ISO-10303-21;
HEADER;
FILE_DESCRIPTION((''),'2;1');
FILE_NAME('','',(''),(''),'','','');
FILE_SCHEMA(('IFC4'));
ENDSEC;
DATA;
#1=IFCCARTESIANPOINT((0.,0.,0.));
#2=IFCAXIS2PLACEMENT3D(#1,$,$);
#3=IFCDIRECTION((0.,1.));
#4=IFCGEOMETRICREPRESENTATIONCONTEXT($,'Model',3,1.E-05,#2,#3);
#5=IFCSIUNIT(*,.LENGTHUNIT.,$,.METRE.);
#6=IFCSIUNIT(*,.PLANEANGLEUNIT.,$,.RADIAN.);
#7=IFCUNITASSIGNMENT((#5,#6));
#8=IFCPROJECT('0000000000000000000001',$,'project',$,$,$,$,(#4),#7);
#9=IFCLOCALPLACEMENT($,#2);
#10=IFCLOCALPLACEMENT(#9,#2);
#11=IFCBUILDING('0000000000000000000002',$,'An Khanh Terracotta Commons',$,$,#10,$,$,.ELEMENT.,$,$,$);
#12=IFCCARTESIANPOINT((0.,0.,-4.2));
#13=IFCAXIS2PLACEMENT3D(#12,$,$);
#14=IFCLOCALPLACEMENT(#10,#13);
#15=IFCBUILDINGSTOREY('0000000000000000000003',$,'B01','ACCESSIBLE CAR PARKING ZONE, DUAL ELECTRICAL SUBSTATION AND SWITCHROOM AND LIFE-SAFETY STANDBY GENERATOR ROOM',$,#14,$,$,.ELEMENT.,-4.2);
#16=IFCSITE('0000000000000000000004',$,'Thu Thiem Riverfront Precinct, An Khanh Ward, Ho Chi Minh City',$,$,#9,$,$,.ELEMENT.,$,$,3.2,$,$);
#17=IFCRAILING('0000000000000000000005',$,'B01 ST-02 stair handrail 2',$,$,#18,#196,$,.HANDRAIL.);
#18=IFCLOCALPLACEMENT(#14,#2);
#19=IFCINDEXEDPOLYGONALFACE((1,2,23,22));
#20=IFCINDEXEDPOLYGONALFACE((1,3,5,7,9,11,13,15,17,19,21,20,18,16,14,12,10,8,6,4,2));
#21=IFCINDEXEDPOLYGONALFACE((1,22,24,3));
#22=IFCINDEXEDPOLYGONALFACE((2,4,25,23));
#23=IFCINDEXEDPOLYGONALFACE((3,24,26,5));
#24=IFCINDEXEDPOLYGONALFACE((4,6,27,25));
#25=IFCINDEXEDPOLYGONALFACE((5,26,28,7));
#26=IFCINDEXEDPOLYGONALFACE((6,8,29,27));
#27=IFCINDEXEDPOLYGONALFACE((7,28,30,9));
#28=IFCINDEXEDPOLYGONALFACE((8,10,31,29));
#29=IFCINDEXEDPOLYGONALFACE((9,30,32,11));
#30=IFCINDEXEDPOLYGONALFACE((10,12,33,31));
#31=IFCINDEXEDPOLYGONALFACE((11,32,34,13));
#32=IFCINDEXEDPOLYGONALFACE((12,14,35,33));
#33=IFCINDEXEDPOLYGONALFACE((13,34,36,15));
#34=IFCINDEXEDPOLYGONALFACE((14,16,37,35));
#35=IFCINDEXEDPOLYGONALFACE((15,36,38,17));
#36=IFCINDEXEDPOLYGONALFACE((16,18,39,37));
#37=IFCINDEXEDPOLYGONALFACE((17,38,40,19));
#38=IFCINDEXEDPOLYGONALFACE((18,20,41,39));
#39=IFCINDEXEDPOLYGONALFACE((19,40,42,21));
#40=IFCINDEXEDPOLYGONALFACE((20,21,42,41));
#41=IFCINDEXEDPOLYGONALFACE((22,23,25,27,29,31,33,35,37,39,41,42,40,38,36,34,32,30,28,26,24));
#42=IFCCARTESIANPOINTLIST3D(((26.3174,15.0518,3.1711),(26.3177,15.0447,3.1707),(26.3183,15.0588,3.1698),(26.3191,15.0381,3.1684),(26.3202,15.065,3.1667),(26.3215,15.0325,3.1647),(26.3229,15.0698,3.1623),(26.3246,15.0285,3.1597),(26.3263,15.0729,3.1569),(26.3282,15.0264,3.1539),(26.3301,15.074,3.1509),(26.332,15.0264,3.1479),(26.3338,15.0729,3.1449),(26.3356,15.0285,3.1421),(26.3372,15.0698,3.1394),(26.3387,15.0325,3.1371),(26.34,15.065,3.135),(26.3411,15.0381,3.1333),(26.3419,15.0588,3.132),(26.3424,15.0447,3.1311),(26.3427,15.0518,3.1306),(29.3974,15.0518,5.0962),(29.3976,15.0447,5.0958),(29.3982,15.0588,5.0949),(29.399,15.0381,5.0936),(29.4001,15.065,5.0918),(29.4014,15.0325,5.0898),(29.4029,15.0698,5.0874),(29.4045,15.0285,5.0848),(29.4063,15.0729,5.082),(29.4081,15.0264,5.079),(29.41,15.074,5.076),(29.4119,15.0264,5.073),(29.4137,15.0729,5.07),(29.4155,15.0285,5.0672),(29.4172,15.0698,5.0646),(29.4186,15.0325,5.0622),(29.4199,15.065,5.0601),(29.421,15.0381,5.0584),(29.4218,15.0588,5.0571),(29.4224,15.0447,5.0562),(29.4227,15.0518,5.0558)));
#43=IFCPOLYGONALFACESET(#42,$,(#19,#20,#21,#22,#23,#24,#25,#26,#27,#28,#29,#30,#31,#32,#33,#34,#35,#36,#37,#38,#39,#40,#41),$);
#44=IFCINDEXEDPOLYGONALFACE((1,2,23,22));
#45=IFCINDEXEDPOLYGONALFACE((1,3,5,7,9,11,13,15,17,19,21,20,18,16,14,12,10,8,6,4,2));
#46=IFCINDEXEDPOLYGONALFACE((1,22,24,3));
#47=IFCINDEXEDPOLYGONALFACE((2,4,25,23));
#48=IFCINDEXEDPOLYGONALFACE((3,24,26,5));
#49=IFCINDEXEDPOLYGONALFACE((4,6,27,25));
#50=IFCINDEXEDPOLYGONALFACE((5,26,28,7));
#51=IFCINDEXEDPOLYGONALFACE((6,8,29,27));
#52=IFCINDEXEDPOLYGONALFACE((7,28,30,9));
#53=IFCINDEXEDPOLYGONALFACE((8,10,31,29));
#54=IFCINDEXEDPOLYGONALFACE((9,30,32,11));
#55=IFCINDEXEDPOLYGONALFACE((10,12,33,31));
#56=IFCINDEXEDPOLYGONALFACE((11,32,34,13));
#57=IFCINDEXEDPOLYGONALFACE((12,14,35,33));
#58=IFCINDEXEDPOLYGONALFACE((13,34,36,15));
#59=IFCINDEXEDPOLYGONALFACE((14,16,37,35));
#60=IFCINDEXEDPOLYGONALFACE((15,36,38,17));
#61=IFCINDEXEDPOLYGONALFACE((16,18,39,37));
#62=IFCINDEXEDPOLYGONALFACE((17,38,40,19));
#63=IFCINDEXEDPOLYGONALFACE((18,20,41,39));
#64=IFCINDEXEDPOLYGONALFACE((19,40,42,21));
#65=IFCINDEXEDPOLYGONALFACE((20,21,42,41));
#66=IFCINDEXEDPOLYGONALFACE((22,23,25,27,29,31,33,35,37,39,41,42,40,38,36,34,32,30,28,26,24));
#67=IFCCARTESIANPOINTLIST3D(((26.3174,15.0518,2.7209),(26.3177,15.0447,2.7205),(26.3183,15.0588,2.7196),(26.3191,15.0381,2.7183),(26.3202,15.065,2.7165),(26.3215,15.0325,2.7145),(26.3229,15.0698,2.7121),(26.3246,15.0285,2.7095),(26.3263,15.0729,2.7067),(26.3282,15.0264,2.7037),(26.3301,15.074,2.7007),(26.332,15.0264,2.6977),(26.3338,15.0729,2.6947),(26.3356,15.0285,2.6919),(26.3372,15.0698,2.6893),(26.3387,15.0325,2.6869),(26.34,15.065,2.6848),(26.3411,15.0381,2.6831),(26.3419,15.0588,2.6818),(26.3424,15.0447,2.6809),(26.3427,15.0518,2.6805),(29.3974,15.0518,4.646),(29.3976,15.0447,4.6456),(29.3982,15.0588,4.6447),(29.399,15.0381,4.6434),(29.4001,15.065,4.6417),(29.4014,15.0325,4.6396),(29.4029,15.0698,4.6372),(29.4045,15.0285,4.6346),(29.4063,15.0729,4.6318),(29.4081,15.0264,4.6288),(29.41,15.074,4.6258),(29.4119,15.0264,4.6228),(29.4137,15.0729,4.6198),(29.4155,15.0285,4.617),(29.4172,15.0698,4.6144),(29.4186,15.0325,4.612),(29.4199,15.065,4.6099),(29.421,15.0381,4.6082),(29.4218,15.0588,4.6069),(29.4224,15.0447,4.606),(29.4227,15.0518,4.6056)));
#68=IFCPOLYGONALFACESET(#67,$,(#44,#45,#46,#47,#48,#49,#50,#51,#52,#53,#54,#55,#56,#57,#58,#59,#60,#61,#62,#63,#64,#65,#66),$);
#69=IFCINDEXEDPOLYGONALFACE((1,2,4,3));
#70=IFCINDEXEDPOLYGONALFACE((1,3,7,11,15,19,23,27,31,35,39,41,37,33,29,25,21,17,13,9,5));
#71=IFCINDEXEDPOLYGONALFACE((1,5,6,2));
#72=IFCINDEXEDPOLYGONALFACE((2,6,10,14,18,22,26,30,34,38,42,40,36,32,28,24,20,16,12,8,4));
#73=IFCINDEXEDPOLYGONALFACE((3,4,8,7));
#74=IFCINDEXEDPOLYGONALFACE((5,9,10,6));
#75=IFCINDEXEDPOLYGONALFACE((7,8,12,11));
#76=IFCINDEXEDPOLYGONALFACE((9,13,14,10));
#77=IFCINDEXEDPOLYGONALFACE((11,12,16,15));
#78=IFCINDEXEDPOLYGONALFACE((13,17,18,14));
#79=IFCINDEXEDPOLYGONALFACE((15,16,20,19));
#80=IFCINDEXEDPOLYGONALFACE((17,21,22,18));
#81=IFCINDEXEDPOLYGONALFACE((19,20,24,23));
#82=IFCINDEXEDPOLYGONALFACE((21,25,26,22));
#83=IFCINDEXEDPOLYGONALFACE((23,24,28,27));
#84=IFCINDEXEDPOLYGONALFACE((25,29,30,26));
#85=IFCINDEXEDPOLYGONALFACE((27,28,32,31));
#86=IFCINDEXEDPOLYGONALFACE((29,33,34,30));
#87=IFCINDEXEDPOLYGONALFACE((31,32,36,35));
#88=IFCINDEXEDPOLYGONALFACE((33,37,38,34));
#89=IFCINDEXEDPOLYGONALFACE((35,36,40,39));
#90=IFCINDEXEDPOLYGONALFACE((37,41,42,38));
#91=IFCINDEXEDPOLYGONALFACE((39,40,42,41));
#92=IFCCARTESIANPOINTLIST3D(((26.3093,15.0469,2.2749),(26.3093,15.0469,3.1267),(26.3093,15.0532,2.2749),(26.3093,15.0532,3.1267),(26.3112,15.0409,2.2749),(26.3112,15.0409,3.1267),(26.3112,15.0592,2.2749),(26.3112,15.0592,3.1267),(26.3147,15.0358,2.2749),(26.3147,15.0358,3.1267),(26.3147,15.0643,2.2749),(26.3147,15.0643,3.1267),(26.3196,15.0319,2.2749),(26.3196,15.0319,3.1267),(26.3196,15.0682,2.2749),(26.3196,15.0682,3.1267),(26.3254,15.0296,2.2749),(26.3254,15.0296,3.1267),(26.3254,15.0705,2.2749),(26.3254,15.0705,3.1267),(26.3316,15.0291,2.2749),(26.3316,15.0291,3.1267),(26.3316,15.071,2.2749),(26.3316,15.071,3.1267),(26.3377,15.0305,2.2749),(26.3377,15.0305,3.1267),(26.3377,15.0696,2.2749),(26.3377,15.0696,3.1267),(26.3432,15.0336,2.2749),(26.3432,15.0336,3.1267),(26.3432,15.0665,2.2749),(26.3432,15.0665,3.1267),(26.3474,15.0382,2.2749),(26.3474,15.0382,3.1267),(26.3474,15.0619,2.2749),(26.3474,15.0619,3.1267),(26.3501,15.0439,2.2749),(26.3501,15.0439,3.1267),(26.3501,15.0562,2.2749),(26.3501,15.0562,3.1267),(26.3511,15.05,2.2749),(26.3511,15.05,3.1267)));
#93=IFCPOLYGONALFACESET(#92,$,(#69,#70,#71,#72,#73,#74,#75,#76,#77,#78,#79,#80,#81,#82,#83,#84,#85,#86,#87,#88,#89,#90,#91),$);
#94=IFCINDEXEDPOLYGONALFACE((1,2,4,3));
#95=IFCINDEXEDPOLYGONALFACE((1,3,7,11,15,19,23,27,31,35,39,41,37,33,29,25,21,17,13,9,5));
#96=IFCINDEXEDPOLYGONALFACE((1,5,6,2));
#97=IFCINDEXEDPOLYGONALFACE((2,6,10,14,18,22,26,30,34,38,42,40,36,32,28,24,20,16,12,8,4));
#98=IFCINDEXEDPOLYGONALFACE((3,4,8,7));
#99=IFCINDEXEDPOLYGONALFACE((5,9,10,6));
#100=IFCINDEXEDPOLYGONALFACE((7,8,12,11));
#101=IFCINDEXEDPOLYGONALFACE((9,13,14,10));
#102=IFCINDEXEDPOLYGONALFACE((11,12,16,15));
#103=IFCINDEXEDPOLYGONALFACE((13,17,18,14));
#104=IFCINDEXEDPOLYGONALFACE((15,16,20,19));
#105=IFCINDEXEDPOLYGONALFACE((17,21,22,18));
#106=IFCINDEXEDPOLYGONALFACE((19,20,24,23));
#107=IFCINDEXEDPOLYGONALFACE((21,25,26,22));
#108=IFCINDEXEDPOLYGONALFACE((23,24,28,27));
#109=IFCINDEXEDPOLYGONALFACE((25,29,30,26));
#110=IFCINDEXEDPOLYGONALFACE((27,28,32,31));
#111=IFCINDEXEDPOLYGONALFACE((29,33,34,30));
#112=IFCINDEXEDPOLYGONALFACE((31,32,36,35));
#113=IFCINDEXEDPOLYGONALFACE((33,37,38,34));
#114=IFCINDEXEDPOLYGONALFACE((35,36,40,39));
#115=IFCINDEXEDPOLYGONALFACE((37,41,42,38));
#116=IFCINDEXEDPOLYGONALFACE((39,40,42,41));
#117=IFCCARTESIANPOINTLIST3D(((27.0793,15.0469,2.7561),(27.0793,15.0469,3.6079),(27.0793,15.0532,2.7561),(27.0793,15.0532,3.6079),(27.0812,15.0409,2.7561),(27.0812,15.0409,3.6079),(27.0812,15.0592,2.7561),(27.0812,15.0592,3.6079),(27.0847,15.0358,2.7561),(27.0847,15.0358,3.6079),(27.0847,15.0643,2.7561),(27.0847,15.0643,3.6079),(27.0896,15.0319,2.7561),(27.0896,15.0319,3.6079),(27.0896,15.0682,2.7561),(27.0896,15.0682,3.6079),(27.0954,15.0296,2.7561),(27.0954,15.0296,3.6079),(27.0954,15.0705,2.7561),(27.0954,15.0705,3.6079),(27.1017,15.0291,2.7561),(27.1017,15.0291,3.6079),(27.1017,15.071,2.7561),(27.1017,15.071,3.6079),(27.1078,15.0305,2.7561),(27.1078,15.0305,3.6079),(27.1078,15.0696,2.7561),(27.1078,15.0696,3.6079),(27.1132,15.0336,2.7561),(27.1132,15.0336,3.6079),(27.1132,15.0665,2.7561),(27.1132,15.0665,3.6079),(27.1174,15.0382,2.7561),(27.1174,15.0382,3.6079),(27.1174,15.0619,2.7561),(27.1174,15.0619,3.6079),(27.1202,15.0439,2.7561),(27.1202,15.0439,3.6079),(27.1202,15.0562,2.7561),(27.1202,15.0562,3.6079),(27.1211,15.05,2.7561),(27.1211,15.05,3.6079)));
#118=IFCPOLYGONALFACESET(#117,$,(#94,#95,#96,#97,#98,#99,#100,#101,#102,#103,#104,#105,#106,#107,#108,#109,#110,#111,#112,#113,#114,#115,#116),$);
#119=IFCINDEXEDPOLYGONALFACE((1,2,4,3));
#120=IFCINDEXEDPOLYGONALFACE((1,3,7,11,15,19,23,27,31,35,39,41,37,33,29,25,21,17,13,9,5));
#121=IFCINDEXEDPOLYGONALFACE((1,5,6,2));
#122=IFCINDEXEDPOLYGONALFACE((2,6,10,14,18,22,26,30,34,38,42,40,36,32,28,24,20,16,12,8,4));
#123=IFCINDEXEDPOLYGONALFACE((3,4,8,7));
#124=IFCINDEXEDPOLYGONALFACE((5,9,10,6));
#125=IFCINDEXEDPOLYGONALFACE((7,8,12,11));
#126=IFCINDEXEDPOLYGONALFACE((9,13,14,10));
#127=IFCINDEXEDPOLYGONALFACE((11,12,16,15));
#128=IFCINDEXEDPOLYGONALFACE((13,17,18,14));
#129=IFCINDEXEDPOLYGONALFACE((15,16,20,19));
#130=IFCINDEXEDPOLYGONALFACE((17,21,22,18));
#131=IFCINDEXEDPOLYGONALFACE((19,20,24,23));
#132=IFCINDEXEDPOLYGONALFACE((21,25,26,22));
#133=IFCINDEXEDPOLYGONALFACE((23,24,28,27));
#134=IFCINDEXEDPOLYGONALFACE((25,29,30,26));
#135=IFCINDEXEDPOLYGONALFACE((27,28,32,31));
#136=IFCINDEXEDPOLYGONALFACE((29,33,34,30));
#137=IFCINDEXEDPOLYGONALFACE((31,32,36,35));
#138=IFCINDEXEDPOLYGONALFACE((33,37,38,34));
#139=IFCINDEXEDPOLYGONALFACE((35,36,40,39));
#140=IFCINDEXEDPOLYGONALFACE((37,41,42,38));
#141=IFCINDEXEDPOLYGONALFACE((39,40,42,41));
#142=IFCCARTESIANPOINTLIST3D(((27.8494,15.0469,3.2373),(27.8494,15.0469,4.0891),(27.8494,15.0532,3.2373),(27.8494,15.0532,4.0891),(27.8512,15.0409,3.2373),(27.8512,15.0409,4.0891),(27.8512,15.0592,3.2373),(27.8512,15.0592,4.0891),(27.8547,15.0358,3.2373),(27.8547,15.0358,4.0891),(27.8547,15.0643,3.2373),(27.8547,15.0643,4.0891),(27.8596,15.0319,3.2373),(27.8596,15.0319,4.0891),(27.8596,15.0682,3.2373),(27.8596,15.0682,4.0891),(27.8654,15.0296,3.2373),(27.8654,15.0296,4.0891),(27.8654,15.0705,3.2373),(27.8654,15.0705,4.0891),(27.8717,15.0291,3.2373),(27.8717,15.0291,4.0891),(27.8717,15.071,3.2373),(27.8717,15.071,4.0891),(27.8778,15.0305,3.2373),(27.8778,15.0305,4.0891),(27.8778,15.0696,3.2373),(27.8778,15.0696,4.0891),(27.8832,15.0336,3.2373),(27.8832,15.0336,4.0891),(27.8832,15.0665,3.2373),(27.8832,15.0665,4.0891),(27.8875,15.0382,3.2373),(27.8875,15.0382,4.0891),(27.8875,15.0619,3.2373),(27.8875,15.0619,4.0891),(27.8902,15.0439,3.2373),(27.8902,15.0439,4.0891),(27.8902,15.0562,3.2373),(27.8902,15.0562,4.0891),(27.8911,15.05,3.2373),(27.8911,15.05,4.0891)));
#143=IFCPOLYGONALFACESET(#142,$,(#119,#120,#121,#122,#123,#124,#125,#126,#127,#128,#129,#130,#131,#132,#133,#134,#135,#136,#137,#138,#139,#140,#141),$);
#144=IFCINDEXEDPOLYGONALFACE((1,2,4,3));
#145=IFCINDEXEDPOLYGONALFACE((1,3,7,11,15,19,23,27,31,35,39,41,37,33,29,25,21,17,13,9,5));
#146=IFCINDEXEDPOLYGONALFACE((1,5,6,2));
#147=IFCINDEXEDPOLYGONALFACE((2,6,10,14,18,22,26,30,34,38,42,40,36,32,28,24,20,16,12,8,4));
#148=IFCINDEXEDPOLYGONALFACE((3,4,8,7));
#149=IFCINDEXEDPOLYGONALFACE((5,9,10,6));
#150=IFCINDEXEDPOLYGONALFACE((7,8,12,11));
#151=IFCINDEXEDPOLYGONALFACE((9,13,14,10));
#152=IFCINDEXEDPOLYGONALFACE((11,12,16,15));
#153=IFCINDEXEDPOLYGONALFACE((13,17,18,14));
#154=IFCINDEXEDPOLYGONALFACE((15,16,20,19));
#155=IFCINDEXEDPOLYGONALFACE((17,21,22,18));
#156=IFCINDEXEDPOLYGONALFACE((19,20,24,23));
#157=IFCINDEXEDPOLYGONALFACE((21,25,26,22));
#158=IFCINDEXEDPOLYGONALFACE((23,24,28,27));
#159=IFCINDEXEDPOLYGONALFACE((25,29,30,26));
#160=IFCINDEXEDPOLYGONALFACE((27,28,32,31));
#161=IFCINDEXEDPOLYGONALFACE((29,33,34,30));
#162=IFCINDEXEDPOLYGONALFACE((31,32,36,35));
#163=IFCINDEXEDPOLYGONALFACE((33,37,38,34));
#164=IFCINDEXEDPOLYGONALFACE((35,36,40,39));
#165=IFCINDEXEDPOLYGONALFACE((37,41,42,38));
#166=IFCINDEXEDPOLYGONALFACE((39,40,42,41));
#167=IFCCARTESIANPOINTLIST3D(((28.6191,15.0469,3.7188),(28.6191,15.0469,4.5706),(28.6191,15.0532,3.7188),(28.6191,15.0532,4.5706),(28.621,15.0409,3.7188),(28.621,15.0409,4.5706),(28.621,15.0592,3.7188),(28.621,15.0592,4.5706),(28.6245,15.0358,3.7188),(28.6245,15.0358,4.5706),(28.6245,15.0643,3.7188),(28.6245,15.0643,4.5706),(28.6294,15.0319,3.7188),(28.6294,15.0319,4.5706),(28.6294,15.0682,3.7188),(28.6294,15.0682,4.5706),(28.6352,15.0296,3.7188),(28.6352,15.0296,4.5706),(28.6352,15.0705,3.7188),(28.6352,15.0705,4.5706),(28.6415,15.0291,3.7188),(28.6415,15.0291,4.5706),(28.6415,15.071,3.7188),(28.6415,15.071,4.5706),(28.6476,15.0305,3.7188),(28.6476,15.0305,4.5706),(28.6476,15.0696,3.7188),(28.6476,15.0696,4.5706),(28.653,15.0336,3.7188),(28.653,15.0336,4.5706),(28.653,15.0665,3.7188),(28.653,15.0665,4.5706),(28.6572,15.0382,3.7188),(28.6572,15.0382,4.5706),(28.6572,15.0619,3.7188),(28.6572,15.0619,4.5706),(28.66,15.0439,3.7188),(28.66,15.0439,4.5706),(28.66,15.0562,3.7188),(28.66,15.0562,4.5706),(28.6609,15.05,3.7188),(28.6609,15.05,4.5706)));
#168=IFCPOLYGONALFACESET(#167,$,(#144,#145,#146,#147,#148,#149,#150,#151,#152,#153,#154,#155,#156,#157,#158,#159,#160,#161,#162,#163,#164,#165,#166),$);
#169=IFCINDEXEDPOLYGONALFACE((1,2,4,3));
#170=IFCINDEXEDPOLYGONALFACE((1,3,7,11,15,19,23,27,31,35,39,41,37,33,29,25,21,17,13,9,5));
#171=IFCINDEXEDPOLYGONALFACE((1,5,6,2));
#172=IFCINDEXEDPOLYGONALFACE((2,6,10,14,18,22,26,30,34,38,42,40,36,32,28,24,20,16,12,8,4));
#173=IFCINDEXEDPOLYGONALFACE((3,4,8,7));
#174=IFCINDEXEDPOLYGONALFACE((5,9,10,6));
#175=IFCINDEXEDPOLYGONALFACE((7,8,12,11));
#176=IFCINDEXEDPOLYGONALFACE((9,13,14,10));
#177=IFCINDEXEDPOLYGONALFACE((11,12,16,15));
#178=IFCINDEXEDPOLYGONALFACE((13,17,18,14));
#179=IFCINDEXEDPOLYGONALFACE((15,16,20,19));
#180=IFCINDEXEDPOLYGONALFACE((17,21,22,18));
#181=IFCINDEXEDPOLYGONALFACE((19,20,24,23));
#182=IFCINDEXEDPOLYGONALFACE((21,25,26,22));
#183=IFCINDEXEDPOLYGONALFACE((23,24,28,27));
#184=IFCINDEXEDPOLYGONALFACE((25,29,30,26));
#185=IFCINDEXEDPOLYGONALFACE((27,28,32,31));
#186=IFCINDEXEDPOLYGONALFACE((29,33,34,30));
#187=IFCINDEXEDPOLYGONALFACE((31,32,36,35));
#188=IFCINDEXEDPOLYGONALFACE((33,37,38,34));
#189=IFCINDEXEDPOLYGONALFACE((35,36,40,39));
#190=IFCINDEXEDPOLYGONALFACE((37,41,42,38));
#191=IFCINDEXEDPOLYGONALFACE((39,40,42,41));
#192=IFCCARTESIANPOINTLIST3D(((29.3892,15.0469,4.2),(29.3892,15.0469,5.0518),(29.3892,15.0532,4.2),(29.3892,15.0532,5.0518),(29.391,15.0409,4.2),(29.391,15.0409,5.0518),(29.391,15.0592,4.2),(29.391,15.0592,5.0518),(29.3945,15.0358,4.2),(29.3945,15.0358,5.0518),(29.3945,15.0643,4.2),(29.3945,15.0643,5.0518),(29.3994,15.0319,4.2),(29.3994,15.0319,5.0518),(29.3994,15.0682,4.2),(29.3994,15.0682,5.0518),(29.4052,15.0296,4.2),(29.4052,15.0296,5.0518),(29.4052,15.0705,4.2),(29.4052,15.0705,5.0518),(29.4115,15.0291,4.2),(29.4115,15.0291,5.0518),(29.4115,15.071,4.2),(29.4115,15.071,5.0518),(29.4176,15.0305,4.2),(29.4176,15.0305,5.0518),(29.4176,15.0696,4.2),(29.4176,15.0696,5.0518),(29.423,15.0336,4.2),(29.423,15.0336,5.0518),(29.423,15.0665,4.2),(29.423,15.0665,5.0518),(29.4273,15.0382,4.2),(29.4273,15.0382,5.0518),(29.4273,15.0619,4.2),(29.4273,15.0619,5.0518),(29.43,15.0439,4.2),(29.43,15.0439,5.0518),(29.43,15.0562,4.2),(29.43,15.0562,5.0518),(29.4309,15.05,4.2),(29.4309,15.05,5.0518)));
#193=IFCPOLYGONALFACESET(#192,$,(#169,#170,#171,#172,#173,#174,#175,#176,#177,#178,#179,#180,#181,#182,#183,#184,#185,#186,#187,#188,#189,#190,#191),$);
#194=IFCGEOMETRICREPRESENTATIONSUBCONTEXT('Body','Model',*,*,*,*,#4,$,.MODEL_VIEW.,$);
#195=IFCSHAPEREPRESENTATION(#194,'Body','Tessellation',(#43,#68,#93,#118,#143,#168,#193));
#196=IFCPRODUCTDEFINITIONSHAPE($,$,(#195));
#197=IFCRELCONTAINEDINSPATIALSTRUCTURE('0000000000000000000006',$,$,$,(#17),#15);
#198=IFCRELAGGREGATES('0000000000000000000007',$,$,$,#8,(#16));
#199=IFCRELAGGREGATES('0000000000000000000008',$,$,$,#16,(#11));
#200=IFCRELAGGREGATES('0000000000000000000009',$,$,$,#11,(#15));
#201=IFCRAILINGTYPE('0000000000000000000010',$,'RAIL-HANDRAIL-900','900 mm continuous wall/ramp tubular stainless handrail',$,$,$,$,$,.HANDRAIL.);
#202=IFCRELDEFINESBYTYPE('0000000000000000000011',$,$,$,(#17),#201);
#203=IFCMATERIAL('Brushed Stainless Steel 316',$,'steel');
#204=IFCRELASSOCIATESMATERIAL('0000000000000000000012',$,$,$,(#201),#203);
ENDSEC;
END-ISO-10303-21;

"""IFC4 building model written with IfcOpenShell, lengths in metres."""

from ifc_helpers import new_model, si_unit, direction, frame, origin, origin_2d, place, context, subcontext, project, spatial, circle, extrude, material, type_object, element, save


model = new_model("IFC4")

# Units and contexts
model_context = context("Model", 3, precision=1e-05, world=origin(), true_north=direction((0.0, 1.0)))
body_context = subcontext(model_context, "Body", "Model", "MODEL_VIEW")
ifc_project = project(units=[si_unit("LENGTHUNIT", "METRE"), si_unit("PLANEANGLEUNIT", "RADIAN")], contexts=[model_context])

# Site, building, storey
site_placement = place(None, origin())
site = spatial("IfcSite", under=ifc_project, at=site_placement, Name="Thu Thiem Riverfront Precinct, An Khanh Ward, Ho Chi Minh City", CompositionType="ELEMENT", RefElevation=3.2)
building_placement = place(site_placement, origin())
building = spatial("IfcBuilding", under=site, at=building_placement, Name="An Khanh Terracotta Commons", CompositionType="ELEMENT")
storey_placement = place(building_placement, frame((0.0, 0.0, -4.2)))
storey = spatial("IfcBuildingStorey", under=building, at=storey_placement, Name="B01", Description="ACCESSIBLE CAR PARKING ZONE, DUAL ELECTRICAL SUBSTATION AND SWITCHROOM AND LIFE-SAFETY STANDBY GENERATOR ROOM", CompositionType="ELEMENT", Elevation=-4.2)

# Railing
ifc_material_1 = material(Name="Brushed Stainless Steel 316", Category="steel")
railing_type_1 = type_object("IfcRailingType", Name="RAIL-HANDRAIL-900", Description="900 mm continuous wall/ramp tubular stainless handrail", PredefinedType="HANDRAIL", material=ifc_material_1)
railing_1_placement = place(storey_placement, frame((26.3301, 15.05, 2.2749)))
element("IfcRailing", 1, at=railing_1_placement, inside=storey, type_object=railing_type_1, Name="B01 ST-02 stair handrail 2", PredefinedType="HANDRAIL", context=body_context, shape_type="SweptSolid", body=[
    extrude(circle(Radius=0.0239, at=origin_2d()), frame((0.0, 0.0, 0.876), z_axis=(0.847979, 0.0, 0.530029), x_axis=(0.0, 1.0, 0.0)), (0.0, 0.0, 1.0), 3.6321),
    extrude(circle(Radius=0.0239, at=origin_2d()), frame((0.0, 0.0, 0.4258), z_axis=(0.847979, 0.0, 0.530029), x_axis=(0.0, 1.0, 0.0)), (0.0, 0.0, 1.0), 3.6321),
    extrude(circle(Radius=0.021, at=origin_2d()), origin(), (0.0, 0.0, 1.0), 0.8518),
    extrude(circle(Radius=0.021, at=origin_2d()), frame((0.77, 0.0, 0.4812)), (0.0, 0.0, 1.0), 0.8518),
    extrude(circle(Radius=0.021, at=origin_2d()), frame((1.54, 0.0, 0.9624)), (0.0, 0.0, 1.0), 0.8518),
    extrude(circle(Radius=0.021, at=origin_2d()), frame((2.3098, 0.0, 1.4438)), (0.0, 0.0, 1.0), 0.8518),
    extrude(circle(Radius=0.021, at=origin_2d()), frame((3.0798, 0.0, 1.925)), (0.0, 0.0, 1.0), 0.8518),
])

save(model, "model.ifc")
